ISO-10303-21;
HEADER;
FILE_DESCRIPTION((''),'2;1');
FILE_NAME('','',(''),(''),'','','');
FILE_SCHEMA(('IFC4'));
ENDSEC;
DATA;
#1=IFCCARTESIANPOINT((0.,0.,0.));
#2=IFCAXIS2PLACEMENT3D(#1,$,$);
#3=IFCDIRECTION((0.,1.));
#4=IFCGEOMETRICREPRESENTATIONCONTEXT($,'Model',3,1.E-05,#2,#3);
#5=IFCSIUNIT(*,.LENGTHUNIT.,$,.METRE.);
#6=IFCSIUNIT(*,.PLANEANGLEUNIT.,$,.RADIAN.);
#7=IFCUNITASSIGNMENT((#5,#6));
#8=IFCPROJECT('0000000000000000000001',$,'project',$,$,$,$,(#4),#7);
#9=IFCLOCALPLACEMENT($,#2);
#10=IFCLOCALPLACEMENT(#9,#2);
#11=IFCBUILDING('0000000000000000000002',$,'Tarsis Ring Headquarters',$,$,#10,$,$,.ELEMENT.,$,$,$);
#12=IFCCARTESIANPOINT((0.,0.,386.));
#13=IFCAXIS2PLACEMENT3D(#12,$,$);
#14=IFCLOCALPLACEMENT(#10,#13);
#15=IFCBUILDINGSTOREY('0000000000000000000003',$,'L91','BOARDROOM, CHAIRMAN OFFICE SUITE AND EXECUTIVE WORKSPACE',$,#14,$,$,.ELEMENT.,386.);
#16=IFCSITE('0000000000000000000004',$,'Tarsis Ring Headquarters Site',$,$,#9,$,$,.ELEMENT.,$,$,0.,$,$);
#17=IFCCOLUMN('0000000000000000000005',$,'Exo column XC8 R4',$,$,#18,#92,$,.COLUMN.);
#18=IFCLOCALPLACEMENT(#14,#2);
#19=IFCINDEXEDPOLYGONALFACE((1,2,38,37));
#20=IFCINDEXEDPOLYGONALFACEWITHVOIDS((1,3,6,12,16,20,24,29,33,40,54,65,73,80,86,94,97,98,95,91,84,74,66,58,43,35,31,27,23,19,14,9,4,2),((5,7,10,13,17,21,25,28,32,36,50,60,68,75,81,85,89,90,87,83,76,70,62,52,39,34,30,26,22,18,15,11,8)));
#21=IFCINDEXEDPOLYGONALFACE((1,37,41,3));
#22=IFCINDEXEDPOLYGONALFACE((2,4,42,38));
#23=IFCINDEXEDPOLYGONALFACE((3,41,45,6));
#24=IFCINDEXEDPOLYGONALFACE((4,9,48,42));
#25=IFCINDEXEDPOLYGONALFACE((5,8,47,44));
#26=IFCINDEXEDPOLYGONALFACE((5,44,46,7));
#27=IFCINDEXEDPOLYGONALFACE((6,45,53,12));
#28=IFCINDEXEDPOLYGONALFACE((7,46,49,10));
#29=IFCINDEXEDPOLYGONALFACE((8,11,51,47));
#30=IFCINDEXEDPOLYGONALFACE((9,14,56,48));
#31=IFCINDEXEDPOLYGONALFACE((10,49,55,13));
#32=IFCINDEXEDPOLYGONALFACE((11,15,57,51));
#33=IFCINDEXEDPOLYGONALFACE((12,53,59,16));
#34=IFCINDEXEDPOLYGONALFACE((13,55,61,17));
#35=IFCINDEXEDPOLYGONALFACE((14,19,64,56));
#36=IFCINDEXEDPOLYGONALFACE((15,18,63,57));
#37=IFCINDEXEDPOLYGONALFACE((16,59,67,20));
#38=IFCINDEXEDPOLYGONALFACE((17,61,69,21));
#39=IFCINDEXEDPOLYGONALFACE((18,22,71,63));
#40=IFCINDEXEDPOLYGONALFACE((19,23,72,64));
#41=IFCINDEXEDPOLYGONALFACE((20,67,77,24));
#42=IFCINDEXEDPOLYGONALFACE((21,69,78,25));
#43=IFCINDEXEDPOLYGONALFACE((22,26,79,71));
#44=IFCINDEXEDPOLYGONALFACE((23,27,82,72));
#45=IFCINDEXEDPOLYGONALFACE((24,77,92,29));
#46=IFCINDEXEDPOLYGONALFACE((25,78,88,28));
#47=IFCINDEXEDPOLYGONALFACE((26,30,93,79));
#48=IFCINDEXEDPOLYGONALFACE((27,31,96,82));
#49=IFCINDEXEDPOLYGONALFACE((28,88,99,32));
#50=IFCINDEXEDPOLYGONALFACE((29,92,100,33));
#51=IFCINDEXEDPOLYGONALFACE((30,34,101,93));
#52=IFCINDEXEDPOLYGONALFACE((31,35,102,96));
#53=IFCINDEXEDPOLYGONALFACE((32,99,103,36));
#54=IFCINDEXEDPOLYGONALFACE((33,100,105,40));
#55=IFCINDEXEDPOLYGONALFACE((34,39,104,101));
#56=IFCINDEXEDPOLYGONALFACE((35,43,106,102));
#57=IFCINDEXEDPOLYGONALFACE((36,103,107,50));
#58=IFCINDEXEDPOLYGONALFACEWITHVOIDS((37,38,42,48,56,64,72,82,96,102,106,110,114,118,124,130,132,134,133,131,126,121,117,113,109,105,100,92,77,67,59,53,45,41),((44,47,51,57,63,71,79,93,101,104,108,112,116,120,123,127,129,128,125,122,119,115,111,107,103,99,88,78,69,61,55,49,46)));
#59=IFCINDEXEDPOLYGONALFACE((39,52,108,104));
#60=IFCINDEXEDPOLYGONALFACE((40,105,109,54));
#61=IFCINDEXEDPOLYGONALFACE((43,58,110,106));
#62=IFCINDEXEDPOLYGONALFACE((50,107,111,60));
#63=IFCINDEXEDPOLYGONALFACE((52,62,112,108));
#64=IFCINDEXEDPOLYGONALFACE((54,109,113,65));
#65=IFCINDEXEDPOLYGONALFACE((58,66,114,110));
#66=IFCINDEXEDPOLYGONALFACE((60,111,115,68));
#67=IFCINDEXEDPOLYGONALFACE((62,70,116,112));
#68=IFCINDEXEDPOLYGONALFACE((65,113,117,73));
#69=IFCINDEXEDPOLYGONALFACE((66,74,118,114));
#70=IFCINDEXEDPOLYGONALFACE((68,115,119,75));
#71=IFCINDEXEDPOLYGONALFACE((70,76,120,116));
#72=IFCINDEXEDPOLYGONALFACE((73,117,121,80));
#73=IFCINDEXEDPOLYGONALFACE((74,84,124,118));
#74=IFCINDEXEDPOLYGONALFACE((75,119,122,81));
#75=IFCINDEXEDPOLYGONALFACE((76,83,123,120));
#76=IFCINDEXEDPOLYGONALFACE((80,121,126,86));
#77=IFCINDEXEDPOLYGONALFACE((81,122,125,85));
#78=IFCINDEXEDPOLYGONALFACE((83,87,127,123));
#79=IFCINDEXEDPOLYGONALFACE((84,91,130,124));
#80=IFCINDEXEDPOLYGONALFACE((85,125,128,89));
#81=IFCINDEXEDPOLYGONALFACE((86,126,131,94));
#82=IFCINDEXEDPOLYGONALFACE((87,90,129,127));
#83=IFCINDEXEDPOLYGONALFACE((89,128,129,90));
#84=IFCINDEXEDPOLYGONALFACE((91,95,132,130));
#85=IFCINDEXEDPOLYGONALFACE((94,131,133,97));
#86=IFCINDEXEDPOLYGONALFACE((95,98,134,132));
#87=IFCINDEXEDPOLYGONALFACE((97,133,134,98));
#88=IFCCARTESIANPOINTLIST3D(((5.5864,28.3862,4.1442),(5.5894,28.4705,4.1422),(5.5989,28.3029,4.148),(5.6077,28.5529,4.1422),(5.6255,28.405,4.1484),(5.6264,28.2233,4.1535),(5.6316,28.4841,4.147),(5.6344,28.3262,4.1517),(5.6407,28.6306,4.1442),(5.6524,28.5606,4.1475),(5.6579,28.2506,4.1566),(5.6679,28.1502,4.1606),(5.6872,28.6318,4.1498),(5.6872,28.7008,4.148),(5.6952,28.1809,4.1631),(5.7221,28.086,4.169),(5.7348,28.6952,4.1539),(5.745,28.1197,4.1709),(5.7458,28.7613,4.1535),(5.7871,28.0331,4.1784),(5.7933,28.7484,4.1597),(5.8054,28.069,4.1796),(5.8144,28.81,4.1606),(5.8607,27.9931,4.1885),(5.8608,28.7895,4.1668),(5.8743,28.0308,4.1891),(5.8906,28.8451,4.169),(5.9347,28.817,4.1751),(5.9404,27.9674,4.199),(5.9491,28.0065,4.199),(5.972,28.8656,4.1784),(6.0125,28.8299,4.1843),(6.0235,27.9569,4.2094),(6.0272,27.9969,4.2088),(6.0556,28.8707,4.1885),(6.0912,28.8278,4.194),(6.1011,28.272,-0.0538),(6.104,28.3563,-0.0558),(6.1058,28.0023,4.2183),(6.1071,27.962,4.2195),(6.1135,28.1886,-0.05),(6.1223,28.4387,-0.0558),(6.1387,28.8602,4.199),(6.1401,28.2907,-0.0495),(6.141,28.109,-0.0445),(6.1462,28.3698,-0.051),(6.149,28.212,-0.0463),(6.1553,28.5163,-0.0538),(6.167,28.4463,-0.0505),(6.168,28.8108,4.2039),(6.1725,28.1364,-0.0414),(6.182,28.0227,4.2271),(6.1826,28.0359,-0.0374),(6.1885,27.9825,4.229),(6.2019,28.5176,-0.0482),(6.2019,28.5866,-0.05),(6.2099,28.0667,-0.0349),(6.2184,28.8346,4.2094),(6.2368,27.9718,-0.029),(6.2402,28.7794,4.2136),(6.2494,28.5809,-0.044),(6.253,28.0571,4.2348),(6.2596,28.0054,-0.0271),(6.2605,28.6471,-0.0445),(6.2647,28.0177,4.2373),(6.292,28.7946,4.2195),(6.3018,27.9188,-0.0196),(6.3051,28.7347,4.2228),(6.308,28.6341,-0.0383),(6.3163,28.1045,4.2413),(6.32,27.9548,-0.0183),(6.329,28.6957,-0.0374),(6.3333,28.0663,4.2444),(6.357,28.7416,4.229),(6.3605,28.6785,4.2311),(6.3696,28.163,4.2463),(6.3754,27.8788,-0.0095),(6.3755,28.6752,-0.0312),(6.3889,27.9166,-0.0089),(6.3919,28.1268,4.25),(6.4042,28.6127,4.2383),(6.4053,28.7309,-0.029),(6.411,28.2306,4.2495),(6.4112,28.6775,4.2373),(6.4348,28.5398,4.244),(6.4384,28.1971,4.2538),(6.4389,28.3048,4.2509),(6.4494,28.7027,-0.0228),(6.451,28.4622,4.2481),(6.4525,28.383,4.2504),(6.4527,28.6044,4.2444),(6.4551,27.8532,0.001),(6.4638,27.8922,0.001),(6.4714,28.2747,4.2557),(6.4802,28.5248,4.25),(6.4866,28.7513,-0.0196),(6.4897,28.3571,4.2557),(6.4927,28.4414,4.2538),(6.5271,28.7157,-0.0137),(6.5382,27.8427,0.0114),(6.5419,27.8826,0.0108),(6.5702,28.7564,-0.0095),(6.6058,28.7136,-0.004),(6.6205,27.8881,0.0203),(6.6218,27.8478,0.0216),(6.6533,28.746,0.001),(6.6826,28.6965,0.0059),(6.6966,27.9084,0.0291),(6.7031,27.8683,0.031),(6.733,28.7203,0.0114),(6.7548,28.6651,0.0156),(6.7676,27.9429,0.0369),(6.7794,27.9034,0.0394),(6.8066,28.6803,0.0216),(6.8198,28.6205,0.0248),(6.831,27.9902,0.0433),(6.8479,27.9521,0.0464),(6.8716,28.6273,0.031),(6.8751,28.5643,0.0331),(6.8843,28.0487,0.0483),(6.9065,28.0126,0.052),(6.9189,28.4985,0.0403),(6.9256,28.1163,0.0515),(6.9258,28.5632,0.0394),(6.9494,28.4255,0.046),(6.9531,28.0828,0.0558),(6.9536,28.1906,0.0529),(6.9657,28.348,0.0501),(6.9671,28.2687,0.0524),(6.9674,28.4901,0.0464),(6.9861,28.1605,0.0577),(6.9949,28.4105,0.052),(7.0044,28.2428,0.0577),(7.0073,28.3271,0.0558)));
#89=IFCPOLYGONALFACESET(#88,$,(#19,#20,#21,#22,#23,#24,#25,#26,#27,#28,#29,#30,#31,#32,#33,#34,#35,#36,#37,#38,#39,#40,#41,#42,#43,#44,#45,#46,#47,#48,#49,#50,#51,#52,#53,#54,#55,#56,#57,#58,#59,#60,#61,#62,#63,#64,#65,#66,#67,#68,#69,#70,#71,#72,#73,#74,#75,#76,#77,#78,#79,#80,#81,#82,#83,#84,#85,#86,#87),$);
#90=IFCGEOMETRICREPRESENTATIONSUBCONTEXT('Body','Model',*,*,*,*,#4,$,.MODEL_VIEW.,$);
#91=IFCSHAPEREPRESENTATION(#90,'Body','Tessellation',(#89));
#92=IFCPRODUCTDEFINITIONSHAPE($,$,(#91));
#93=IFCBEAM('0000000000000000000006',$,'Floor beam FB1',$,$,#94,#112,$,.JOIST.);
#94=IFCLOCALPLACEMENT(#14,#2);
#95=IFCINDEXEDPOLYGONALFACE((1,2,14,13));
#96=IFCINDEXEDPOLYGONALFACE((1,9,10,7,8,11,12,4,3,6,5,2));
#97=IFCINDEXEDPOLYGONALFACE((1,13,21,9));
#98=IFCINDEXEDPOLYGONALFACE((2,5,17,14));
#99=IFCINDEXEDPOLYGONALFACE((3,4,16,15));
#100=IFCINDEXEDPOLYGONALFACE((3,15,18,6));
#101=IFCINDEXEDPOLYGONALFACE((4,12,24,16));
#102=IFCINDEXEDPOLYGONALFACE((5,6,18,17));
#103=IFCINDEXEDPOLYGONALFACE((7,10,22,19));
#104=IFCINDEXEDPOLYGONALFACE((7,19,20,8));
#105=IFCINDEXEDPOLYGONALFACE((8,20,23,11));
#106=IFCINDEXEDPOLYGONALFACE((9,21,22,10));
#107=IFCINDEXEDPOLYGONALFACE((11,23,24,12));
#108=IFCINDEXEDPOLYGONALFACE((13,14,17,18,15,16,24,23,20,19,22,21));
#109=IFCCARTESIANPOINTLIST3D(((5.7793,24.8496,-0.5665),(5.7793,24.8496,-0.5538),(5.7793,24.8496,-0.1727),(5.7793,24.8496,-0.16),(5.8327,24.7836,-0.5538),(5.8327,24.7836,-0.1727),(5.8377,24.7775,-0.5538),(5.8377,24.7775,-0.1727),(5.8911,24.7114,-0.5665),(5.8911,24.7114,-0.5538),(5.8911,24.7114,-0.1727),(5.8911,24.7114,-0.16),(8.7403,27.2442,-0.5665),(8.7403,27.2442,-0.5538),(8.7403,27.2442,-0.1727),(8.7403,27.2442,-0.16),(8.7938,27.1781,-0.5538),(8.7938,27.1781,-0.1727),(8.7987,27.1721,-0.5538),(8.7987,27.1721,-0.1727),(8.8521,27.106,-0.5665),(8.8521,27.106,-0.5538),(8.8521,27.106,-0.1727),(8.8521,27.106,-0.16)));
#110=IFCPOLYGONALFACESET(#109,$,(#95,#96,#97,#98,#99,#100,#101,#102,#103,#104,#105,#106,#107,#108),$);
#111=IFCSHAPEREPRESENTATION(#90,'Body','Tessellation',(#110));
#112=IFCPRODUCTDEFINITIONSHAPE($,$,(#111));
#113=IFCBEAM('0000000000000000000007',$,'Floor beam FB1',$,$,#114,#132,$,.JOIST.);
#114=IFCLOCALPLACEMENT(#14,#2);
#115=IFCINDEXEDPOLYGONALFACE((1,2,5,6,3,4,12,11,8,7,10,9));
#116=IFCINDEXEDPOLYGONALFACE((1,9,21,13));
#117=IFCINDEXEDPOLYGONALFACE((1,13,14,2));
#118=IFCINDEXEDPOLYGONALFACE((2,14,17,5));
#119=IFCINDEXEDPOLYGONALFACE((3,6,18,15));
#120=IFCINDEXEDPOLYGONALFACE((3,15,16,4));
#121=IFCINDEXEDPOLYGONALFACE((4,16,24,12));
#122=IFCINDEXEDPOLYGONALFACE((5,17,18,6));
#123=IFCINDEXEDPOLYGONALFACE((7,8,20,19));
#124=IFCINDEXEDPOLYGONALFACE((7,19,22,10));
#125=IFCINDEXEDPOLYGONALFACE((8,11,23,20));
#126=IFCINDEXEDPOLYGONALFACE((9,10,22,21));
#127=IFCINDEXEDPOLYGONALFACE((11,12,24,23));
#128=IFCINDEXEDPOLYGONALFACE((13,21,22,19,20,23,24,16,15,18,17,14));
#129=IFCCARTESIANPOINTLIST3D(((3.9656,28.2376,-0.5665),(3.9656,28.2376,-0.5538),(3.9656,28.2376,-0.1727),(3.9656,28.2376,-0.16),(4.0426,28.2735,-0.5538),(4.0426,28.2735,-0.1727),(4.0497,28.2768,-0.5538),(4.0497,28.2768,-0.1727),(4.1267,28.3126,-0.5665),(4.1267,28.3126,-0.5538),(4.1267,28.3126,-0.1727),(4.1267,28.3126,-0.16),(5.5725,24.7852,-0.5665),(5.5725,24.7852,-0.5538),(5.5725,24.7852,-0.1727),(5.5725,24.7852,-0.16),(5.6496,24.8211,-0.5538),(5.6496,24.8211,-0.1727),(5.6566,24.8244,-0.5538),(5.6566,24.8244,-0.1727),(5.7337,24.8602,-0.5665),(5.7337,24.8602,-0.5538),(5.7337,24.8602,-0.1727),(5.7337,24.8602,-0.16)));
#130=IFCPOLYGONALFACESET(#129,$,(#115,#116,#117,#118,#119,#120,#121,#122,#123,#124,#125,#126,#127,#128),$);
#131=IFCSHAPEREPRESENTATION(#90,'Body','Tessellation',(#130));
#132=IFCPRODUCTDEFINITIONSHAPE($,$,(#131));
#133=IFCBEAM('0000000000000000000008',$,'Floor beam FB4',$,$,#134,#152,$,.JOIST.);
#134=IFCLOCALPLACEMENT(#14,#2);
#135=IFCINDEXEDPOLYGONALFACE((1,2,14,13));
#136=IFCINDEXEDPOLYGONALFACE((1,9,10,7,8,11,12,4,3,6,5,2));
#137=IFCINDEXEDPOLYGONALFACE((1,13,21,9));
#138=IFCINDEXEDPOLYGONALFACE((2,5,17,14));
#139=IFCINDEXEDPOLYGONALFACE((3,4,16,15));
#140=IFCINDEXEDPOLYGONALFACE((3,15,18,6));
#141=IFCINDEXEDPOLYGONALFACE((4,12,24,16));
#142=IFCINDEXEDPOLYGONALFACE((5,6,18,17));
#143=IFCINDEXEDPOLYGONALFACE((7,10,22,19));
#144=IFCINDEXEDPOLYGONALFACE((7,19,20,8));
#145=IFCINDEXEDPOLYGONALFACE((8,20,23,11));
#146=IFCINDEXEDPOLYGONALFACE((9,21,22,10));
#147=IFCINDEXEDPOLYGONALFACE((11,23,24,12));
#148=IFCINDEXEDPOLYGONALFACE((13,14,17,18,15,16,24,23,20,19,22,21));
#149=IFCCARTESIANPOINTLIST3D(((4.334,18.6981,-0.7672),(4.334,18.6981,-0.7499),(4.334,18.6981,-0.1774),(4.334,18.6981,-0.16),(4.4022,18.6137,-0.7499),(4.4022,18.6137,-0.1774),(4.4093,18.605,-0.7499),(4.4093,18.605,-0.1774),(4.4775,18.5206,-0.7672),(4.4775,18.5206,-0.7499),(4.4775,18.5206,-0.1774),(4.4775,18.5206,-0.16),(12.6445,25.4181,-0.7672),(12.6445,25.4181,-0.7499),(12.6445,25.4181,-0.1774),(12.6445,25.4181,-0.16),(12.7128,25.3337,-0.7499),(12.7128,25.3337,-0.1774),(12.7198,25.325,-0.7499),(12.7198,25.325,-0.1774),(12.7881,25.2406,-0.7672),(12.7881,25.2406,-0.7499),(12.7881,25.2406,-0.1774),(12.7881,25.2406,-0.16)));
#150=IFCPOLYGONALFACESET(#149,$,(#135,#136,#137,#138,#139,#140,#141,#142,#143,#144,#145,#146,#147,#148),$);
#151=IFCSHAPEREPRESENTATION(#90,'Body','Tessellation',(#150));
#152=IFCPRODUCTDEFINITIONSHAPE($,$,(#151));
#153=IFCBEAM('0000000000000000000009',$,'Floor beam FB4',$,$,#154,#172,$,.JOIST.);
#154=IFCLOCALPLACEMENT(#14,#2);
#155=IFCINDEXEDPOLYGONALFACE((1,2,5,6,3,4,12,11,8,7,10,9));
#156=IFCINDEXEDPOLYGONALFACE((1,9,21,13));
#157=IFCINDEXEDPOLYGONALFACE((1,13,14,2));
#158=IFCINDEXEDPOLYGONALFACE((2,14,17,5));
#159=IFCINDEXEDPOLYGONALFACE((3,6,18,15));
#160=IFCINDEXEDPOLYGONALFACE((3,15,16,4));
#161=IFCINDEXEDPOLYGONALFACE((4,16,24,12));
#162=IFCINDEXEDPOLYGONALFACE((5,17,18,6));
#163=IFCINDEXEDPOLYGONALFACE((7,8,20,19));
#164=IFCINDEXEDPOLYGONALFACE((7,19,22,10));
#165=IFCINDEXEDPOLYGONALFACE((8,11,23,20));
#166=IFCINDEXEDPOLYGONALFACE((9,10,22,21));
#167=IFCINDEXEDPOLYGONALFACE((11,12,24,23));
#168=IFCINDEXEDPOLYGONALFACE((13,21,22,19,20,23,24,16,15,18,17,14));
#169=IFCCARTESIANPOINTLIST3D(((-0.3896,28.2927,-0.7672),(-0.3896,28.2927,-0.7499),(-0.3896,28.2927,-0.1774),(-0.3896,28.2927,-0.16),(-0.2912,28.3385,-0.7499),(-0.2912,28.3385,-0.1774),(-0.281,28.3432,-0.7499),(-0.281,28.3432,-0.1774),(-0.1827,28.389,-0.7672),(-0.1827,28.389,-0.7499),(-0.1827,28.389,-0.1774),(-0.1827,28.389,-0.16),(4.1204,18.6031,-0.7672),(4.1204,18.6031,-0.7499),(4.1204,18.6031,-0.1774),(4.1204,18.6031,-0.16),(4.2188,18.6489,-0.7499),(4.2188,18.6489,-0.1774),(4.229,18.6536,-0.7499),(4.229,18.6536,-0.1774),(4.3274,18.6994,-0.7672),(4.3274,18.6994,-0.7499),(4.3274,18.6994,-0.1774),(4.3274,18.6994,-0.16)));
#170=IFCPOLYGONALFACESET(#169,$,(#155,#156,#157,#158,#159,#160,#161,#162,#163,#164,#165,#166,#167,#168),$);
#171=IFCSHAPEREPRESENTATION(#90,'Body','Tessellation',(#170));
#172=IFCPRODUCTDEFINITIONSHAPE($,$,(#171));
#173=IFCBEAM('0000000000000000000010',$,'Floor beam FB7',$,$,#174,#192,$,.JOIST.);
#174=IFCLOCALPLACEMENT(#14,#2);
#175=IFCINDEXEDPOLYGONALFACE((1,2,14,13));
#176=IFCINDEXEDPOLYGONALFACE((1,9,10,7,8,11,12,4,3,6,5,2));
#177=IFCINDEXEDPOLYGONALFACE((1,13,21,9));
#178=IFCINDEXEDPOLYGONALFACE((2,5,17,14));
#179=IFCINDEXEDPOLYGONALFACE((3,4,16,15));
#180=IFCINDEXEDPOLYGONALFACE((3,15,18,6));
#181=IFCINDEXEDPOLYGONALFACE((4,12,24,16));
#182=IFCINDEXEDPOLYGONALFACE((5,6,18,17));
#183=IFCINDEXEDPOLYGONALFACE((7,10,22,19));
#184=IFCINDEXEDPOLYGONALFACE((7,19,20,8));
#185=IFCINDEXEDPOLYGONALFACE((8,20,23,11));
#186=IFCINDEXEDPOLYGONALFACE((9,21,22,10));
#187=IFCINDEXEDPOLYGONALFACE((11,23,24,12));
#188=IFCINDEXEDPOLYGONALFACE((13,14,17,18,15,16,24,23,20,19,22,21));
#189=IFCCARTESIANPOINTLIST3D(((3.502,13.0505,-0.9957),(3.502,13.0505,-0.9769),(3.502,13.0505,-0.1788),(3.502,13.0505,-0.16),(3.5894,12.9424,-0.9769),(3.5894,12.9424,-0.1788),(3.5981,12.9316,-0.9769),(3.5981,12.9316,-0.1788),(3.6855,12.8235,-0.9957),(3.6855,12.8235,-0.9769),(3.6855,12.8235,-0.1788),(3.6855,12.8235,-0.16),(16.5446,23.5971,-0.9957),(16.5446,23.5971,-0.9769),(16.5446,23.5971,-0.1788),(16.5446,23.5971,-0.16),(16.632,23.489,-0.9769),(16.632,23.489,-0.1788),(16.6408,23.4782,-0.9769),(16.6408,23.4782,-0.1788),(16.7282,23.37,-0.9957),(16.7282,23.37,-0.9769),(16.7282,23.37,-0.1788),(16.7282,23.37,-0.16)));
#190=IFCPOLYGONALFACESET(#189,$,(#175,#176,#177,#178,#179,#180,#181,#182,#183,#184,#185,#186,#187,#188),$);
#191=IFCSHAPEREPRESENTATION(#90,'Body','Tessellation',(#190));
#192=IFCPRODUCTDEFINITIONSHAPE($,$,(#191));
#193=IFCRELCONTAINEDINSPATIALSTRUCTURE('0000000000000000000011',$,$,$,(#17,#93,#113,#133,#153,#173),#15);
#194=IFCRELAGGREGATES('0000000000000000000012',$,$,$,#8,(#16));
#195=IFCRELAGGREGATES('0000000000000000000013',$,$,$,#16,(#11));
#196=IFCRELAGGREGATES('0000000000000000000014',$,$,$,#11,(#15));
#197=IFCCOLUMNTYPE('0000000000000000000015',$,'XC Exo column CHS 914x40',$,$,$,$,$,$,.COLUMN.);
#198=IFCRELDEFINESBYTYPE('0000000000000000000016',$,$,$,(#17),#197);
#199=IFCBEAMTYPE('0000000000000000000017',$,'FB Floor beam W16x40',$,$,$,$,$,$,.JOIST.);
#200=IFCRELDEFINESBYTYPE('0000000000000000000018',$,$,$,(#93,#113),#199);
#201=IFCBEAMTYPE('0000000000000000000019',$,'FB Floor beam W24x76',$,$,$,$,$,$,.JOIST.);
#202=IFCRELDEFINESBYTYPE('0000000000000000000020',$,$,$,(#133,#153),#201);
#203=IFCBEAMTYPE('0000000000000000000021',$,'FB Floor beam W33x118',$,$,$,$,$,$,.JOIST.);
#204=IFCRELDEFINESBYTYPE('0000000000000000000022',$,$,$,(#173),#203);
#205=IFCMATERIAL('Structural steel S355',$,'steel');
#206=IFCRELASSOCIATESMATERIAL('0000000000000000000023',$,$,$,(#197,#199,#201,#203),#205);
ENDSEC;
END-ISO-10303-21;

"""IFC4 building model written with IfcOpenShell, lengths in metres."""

from ifc_helpers import new_model, si_unit, direction, frame, origin, origin_2d, place, context, subcontext, project, spatial, hollow_circle, i_section, extrude, material, material_profile, profile_set, type_object, element, save


model = new_model("IFC4")

# Units and contexts
model_context = context("Model", 3, precision=1e-05, world=origin(), true_north=direction((0.0, 1.0)))
body_context = subcontext(model_context, "Body", "Model", "MODEL_VIEW")
ifc_project = project(units=[si_unit("LENGTHUNIT", "METRE"), si_unit("PLANEANGLEUNIT", "RADIAN")], contexts=[model_context])

# Site, building, storey
site_placement = place(None, origin())
site = spatial("IfcSite", under=ifc_project, at=site_placement, Name="Tarsis Ring Headquarters Site", CompositionType="ELEMENT", RefElevation=0.0)
building_placement = place(site_placement, origin())
building = spatial("IfcBuilding", under=site, at=building_placement, Name="Tarsis Ring Headquarters", CompositionType="ELEMENT")
storey_placement = place(building_placement, frame((0.0, 0.0, 386.0)))
storey = spatial("IfcBuildingStorey", under=building, at=storey_placement, Name="L91", Description="BOARDROOM, CHAIRMAN OFFICE SUITE AND EXECUTIVE WORKSPACE", CompositionType="ELEMENT", Elevation=386.0)

# Column
ifc_material_1 = material(Name="Structural steel S355", Category="steel")
ifc_material_profile_1 = material_profile(ifc_material_1, hollow_circle(Radius=0.457, WallThickness=0.04, at=origin_2d()), Name="CHS 914x40")
ifc_profile_set_1 = profile_set([ifc_material_profile_1], Name="Structural steel S355")
column_type = type_object("IfcColumnType", Name="XC Exo column CHS 914x40", PredefinedType="COLUMN", material=ifc_profile_set_1)
column_placement = place(storey_placement, frame((6.5542, 28.2996, 0.001), z_axis=(-0.121638, 0.027005, 0.992207), x_axis=(-0.216734, -0.976231, 0.0)))
element("IfcColumn", 1, at=column_placement, inside=storey, type_object=column_type, Name="Exo column XC8 R4", PredefinedType="COLUMN", context=body_context, shape_type="SweptSolid", body=[
    extrude(hollow_circle(Radius=0.4573, WallThickness=0.04, at=origin_2d()), origin(), (0.0, 0.0, 1.0), 4.231),
])

# Beams
ifc_material_profile_2 = material_profile(ifc_material_1, i_section(OverallWidth=0.1777, OverallDepth=0.4065, WebThickness=0.0078, FlangeThickness=0.0127, at=origin_2d()), Name="W16x40")
ifc_profile_set_2 = profile_set([ifc_material_profile_2], Name="Structural steel S355")
beam_type_1 = type_object("IfcBeamType", Name="FB Floor beam W16x40", PredefinedType="JOIST", material=ifc_profile_set_2)
for number, where, z_axis, x_axis, name in (
    (2, (5.8352, 24.7805, -0.3633), (0.777555, 0.628815, 0.0), (-0.628815, 0.777555, 0.0), "Floor beam FB1"),
    (3, (4.0461, 28.2751, -0.3633), (0.421983, -0.906604, 0.0), (0.906604, 0.421983, 0.0), "Floor beam FB1"),
):
    element("IfcBeam", number, at=place(storey_placement, frame(where, z_axis=z_axis, x_axis=x_axis)), inside=storey, type_object=beam_type_1, Name=name, PredefinedType="JOIST", context=body_context, shape_type="SweptSolid", body=[
        extrude(i_section(OverallWidth=0.1777, OverallDepth=0.4065, WebThickness=0.0078, FlangeThickness=0.0127, at=origin_2d()), origin(), (0.0, 0.0, 1.0), 3.8081),
    ])
ifc_material_profile_3 = material_profile(ifc_material_1, i_section(OverallWidth=0.2283, OverallDepth=0.6072, WebThickness=0.0112, FlangeThickness=0.0173, at=origin_2d()), Name="W24x76")
ifc_profile_set_3 = profile_set([ifc_material_profile_3], Name="Structural steel S355")
beam_type_2 = type_object("IfcBeamType", Name="FB Floor beam W24x76", PredefinedType="JOIST", material=ifc_profile_set_3)
beam_1_placement = place(storey_placement, frame((4.4058, 18.6094, -0.4636), z_axis=(0.777593, 0.628768, 0.0), x_axis=(-0.628768, 0.777593, 0.0)))
element("IfcBeam", 4, at=beam_1_placement, inside=storey, type_object=beam_type_2, Name="Floor beam FB4", PredefinedType="JOIST", context=body_context, shape_type="SweptSolid", body=[
    extrude(i_section(OverallWidth=0.2283, OverallDepth=0.6072, WebThickness=0.0112, FlangeThickness=0.0173, at=origin_2d()), origin(), (0.0, 0.0, 1.0), 10.6875),
])
beam_2_placement = place(storey_placement, frame((-0.2861, 28.3408, -0.4636), z_axis=(0.421984, -0.906603, 0.0), x_axis=(0.906603, 0.421984, 0.0)))
element("IfcBeam", 5, at=beam_2_placement, inside=storey, type_object=beam_type_2, Name="Floor beam FB4", PredefinedType="JOIST", context=body_context, shape_type="SweptSolid", body=[
    extrude(i_section(OverallWidth=0.2283, OverallDepth=0.6072, WebThickness=0.0112, FlangeThickness=0.0173, at=origin_2d()), origin(), (0.0, 0.0, 1.0), 10.6877),
])
ifc_material_profile_4 = material_profile(ifc_material_1, i_section(OverallWidth=0.292, OverallDepth=0.8357, WebThickness=0.0139, FlangeThickness=0.0188, at=origin_2d()), Name="W33x118")
ifc_profile_set_4 = profile_set([ifc_material_profile_4], Name="Structural steel S355")
beam_type_3 = type_object("IfcBeamType", Name="FB Floor beam W33x118", PredefinedType="JOIST", material=ifc_profile_set_4)
beam_3_placement = place(storey_placement, frame((3.5938, 12.937, -0.5779), z_axis=(0.777588, 0.628774, 0.0), x_axis=(-0.628774, 0.777588, 0.0)))
element("IfcBeam", 6, at=beam_3_placement, inside=storey, type_object=beam_type_3, Name="Floor beam FB7", PredefinedType="JOIST", context=body_context, shape_type="SweptSolid", body=[
    extrude(i_section(OverallWidth=0.292, OverallDepth=0.8357, WebThickness=0.0139, FlangeThickness=0.0188, at=origin_2d()), origin(), (0.0, 0.0, 1.0), 16.7732),
])

save(model, "model.ifc")
